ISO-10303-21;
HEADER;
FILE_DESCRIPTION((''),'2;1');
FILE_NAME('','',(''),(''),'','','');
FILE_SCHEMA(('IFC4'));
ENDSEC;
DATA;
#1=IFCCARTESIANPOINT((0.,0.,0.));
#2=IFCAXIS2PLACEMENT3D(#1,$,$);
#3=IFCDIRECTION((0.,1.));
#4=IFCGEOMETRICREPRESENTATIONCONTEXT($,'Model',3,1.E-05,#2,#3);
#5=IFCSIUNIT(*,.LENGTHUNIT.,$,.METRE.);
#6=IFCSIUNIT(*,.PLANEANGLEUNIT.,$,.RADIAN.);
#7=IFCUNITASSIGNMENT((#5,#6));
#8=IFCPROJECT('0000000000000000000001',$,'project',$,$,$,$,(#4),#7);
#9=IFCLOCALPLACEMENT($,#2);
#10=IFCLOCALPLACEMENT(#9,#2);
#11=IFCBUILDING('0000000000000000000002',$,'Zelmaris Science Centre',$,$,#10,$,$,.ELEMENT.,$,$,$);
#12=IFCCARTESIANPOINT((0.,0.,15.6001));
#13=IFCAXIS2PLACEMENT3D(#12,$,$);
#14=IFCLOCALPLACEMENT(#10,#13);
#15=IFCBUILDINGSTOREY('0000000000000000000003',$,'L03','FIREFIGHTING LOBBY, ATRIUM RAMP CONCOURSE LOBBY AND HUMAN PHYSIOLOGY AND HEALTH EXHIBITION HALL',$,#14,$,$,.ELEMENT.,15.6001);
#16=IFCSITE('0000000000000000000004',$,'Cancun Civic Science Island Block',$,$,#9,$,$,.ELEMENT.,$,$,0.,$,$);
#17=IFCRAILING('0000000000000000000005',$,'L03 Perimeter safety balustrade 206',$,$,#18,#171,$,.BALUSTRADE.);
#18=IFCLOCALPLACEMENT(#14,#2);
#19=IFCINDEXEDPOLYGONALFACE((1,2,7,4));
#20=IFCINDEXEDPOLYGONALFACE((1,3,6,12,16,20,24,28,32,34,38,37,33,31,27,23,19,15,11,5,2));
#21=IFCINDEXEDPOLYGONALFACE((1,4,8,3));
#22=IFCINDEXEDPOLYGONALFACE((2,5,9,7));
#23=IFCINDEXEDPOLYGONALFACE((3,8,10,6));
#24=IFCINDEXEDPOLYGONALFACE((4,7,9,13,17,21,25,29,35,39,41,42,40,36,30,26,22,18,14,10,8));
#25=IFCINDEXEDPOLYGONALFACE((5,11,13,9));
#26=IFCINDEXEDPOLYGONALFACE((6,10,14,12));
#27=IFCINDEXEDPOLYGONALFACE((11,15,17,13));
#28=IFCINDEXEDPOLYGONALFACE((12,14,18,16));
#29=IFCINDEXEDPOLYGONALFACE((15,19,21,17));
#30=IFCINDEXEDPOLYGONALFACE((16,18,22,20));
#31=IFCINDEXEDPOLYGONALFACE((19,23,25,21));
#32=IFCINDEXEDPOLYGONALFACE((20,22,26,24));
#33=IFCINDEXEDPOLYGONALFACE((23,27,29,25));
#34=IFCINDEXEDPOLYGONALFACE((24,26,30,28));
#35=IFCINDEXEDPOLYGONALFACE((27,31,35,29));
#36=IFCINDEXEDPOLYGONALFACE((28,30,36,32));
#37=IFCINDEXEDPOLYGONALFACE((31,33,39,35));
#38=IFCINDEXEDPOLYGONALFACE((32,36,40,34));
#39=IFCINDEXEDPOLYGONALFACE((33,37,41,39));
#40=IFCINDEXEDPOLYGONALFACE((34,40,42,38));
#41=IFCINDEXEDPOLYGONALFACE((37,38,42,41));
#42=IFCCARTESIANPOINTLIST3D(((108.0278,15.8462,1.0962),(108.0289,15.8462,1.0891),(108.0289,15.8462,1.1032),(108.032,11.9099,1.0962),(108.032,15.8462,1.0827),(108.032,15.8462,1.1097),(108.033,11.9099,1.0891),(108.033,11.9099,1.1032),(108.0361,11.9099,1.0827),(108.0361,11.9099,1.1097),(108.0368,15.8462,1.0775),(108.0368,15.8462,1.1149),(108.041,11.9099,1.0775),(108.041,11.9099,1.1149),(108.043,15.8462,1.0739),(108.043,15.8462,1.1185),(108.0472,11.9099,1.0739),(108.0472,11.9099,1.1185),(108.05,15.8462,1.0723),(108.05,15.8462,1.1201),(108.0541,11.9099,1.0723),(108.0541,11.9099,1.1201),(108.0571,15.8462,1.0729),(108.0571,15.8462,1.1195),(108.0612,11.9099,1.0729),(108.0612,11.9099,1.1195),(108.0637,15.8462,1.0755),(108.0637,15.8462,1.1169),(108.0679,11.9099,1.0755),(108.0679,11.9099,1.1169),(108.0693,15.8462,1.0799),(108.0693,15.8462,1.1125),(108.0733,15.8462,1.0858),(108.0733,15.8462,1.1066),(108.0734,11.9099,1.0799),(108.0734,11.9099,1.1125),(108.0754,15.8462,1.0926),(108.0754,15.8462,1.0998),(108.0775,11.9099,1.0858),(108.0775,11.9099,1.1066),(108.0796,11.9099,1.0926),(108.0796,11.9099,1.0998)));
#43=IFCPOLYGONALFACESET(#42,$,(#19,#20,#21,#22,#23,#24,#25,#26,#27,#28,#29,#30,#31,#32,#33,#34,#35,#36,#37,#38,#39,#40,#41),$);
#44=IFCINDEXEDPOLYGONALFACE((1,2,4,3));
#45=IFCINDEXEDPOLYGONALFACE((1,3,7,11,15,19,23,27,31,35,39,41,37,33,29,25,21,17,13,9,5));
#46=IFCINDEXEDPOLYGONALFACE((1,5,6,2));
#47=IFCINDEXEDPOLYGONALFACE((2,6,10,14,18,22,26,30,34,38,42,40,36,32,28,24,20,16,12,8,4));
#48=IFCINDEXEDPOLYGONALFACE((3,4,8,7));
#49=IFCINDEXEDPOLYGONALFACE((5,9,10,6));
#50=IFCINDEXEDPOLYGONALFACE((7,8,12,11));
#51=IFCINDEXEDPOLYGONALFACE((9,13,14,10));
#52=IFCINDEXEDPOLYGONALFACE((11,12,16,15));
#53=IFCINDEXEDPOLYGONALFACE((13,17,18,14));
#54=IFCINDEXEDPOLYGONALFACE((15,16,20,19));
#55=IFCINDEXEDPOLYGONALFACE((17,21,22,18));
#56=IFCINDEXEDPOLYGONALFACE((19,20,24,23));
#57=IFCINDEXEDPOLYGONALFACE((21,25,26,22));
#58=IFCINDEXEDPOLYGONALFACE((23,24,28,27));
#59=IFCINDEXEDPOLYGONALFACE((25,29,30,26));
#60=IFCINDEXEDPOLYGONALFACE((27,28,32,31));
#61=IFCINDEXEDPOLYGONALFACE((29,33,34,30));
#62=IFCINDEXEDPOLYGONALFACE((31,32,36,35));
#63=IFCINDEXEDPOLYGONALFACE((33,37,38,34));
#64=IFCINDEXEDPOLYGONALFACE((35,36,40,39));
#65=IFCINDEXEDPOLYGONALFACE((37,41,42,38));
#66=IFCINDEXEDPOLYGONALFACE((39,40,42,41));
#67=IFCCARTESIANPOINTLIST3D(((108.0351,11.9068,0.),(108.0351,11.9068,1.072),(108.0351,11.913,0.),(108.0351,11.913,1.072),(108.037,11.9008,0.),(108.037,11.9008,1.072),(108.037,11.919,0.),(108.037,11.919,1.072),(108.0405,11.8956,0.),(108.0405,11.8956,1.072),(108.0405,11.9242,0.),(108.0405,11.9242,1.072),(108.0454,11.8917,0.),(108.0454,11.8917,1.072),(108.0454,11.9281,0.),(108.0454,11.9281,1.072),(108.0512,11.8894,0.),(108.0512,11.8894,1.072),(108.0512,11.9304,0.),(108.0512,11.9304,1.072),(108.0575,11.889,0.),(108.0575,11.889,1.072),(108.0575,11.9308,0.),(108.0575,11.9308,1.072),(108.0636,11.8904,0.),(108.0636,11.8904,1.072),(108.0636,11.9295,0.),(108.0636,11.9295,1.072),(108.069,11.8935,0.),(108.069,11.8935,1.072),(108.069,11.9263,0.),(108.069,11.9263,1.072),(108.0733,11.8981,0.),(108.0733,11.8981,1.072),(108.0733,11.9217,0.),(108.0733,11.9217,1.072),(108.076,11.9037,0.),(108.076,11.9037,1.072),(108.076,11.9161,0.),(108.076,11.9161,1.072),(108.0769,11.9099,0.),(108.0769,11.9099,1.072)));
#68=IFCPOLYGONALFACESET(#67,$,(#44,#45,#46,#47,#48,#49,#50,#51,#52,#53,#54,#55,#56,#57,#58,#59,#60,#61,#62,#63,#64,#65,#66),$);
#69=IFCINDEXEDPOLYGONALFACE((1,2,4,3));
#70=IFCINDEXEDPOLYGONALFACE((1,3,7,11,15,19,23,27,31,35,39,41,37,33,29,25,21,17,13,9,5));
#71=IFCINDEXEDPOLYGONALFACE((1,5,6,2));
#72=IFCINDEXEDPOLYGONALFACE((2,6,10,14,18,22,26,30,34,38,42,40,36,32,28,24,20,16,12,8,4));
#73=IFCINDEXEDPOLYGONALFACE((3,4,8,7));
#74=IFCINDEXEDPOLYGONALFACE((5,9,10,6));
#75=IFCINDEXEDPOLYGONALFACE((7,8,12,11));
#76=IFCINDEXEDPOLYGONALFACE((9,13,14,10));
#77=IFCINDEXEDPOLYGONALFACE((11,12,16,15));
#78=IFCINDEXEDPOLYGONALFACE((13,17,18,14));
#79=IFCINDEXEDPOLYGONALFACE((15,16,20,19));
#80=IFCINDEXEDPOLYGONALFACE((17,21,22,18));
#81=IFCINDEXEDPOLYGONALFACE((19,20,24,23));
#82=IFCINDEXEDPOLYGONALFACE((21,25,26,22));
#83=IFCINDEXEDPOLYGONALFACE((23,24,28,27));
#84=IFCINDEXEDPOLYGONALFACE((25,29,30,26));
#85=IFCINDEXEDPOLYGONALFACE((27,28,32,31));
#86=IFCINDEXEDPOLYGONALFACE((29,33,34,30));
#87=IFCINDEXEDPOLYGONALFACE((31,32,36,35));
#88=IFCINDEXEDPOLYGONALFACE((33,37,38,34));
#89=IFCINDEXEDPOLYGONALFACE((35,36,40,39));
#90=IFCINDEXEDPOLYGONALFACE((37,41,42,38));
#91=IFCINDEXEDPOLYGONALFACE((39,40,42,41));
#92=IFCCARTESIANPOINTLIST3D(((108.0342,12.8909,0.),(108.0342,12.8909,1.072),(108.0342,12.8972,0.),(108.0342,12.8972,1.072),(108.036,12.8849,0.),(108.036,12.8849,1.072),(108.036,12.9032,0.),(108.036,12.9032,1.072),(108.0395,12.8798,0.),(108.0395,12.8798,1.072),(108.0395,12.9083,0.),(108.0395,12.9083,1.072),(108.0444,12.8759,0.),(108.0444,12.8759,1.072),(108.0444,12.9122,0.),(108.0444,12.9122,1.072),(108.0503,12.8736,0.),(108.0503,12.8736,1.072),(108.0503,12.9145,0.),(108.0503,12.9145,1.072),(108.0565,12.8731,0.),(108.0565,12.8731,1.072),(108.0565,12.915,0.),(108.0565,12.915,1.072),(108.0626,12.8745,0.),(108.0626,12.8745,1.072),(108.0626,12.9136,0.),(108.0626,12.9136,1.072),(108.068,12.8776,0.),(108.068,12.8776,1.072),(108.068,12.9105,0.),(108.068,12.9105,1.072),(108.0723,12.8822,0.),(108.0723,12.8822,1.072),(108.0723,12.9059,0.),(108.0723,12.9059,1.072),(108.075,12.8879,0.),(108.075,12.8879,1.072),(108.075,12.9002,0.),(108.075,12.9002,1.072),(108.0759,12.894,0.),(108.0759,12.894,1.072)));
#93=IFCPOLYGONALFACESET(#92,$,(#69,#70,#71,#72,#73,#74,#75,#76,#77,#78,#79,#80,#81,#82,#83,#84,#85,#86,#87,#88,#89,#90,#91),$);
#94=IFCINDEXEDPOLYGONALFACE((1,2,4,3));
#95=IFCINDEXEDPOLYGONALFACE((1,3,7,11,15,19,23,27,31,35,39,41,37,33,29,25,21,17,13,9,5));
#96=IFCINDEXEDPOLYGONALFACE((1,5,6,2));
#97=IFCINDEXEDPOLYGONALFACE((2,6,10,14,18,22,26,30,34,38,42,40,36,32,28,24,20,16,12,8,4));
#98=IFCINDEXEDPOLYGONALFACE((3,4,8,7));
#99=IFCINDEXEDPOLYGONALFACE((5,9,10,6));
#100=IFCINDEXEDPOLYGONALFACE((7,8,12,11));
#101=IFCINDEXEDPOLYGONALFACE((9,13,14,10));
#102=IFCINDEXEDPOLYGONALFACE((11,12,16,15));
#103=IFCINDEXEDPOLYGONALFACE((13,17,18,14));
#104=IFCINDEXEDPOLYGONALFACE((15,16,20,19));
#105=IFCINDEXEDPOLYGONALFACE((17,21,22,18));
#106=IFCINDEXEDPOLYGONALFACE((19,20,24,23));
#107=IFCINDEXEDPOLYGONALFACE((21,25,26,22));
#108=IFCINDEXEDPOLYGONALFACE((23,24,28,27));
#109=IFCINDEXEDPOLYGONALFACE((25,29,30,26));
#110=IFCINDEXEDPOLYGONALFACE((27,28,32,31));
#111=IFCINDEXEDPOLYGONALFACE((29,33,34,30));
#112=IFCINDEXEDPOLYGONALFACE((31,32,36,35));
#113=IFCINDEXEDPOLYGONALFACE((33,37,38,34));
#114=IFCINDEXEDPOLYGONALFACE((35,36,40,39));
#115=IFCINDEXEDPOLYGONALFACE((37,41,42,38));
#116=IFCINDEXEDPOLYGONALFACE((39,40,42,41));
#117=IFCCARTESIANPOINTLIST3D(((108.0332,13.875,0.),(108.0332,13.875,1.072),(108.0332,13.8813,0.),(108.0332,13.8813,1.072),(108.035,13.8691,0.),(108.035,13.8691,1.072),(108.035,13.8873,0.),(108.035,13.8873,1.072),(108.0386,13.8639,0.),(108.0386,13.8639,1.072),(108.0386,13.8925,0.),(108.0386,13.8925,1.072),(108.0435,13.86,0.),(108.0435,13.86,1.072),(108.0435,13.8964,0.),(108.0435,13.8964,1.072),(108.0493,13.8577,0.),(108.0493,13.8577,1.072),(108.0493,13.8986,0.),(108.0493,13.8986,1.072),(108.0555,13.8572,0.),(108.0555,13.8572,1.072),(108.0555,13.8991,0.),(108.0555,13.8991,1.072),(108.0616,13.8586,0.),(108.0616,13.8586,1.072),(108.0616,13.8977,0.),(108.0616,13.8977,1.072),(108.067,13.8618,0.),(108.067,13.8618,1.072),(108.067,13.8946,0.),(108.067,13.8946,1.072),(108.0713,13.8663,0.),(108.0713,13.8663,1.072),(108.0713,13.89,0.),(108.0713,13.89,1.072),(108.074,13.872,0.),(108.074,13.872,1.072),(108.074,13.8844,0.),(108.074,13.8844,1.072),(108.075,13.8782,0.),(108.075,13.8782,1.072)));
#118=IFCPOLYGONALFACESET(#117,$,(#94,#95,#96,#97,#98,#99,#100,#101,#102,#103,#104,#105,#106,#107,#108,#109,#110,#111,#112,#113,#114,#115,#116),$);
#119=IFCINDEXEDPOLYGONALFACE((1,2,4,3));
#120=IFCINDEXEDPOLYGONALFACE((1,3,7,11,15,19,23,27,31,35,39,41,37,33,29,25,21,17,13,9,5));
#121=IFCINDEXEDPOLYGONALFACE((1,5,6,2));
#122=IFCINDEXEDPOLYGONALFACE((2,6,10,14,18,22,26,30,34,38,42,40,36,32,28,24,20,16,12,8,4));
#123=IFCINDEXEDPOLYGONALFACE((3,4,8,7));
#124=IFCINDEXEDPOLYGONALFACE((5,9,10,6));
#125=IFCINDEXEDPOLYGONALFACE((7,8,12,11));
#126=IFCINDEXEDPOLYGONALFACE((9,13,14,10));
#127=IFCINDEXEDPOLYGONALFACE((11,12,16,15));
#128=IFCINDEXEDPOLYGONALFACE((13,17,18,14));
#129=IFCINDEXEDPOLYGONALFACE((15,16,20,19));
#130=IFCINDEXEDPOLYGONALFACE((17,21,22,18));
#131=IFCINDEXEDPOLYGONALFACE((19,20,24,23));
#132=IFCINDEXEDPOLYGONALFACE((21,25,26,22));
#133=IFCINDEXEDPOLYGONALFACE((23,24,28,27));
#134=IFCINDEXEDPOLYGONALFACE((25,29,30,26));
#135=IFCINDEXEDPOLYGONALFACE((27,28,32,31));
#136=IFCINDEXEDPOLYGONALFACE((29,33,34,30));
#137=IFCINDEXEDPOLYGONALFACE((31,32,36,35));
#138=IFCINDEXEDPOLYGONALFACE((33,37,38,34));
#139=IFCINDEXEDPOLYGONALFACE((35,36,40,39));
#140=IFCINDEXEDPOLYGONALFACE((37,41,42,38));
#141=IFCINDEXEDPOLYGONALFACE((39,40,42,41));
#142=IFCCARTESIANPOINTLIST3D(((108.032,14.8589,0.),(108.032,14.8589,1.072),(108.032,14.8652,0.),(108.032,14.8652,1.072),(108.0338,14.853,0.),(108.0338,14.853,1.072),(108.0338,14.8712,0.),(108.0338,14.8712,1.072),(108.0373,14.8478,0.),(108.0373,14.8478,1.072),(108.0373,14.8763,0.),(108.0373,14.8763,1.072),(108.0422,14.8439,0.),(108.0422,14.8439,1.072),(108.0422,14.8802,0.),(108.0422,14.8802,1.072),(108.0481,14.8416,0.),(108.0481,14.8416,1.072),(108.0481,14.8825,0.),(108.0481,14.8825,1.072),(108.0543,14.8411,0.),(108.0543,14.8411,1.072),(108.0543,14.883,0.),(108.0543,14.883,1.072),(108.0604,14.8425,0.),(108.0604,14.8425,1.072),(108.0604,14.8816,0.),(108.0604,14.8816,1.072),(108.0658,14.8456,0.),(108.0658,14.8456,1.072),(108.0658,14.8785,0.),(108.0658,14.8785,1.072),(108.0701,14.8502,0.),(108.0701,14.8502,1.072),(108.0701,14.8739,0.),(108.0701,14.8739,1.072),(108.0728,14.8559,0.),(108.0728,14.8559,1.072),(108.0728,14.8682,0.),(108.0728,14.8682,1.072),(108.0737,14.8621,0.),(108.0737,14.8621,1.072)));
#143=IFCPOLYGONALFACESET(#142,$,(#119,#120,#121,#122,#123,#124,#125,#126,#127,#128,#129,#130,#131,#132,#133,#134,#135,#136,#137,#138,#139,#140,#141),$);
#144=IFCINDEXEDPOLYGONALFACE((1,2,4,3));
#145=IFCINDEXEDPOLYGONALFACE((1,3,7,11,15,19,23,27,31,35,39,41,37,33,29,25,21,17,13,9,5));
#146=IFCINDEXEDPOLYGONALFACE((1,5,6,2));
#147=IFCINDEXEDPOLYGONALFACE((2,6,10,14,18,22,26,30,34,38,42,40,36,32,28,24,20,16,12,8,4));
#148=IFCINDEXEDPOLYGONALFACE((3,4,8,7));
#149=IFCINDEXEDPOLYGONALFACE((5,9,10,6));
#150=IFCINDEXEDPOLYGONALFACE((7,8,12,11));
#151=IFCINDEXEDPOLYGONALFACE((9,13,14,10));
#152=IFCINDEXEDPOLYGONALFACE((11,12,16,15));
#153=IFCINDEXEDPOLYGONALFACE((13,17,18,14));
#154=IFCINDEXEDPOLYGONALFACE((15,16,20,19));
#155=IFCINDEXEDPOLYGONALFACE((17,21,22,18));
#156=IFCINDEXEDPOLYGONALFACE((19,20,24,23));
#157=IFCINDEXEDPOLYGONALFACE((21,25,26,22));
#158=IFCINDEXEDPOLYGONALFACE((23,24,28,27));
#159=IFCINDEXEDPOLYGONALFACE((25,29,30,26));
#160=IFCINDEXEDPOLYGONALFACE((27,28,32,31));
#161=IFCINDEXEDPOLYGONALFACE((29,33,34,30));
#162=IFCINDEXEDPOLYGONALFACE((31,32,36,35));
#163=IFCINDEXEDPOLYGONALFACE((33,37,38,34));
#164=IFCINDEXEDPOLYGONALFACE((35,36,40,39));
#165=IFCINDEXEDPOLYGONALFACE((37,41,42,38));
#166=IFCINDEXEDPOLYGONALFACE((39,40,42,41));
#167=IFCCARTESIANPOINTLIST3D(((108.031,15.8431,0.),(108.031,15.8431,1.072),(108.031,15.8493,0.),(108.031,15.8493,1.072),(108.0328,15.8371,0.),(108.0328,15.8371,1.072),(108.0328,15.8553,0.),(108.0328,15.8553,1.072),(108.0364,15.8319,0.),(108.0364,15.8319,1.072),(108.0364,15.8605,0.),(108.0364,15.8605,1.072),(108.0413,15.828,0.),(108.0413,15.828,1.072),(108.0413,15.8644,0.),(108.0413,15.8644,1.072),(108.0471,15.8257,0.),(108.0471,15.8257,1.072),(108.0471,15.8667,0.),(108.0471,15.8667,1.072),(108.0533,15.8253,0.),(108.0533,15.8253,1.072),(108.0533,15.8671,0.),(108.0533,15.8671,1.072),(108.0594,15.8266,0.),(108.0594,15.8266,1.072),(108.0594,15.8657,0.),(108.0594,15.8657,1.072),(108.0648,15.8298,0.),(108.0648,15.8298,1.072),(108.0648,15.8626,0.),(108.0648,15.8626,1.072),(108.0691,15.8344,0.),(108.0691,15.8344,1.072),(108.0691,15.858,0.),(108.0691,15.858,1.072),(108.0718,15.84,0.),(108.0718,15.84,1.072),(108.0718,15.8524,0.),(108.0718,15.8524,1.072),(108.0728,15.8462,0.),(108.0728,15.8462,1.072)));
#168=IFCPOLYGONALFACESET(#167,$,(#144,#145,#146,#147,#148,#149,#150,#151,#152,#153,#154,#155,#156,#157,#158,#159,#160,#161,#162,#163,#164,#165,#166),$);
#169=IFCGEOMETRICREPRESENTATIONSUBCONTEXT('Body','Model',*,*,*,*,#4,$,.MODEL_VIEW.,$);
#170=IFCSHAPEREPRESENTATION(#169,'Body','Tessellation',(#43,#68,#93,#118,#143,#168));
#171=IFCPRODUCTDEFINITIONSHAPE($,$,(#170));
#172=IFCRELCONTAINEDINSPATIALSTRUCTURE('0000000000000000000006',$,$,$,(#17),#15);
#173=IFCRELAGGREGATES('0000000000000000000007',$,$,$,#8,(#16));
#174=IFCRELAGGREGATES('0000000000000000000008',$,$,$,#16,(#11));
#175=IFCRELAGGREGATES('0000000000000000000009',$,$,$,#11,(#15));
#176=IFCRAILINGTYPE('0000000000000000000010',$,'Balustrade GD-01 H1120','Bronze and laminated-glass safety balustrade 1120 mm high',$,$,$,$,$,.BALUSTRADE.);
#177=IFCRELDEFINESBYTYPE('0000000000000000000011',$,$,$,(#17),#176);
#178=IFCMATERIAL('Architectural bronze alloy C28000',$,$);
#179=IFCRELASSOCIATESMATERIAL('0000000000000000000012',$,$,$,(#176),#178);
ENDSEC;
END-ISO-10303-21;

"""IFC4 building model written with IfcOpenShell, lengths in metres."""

from ifc_helpers import new_model, si_unit, direction, frame, origin, origin_2d, place, context, subcontext, project, spatial, circle, extrude, material, type_object, element, save


model = new_model("IFC4")

# Units and contexts
model_context = context("Model", 3, precision=1e-05, world=origin(), true_north=direction((0.0, 1.0)))
body_context = subcontext(model_context, "Body", "Model", "MODEL_VIEW")
ifc_project = project(units=[si_unit("LENGTHUNIT", "METRE"), si_unit("PLANEANGLEUNIT", "RADIAN")], contexts=[model_context])

# Site, building, storey
site_placement = place(None, origin())
site = spatial("IfcSite", under=ifc_project, at=site_placement, Name="Cancun Civic Science Island Block", CompositionType="ELEMENT", RefElevation=0.0)
building_placement = place(site_placement, origin())
building = spatial("IfcBuilding", under=site, at=building_placement, Name="Zelmaris Science Centre", CompositionType="ELEMENT")
storey_placement = place(building_placement, frame((0.0, 0.0, 15.6001)))
storey = spatial("IfcBuildingStorey", under=building, at=storey_placement, Name="L03", Description="FIREFIGHTING LOBBY, ATRIUM RAMP CONCOURSE LOBBY AND HUMAN PHYSIOLOGY AND HEALTH EXHIBITION HALL", CompositionType="ELEMENT", Elevation=15.6001)

# Railing
ifc_material_1 = material(Name="Architectural bronze alloy C28000")
railing_type = type_object("IfcRailingType", Name="Balustrade GD-01 H1120", Description="Bronze and laminated-glass safety balustrade 1120 mm high", PredefinedType="BALUSTRADE", material=ifc_material_1)
railing_1_placement = place(storey_placement, frame((108.0559, 11.9099, 0.0)))
element("IfcRailing", 1, at=railing_1_placement, inside=storey, type_object=railing_type, Name="L03 Perimeter safety balustrade 206", PredefinedType="BALUSTRADE", context=body_context, shape_type="SweptSolid", body=[
    extrude(circle(Radius=0.0239, at=origin_2d()), frame((0.0, 0.0, 1.0962), z_axis=(-0.001054, 0.999999, 0.0), x_axis=(-0.999999, -0.001054, 0.0)), (0.0, 0.0, 1.0), 3.9363),
    extrude(circle(Radius=0.021, at=origin_2d()), origin(), (0.0, 0.0, 1.0), 1.072),
    extrude(circle(Radius=0.021, at=origin_2d()), frame((-0.001, 0.9841, 0.0)), (0.0, 0.0, 1.0), 1.072),
    extrude(circle(Radius=0.021, at=origin_2d()), frame((-0.002, 1.9683, 0.0)), (0.0, 0.0, 1.0), 1.072),
    extrude(circle(Radius=0.021, at=origin_2d()), frame((-0.0032, 2.9521, 0.0)), (0.0, 0.0, 1.0), 1.072),
    extrude(circle(Radius=0.021, at=origin_2d()), frame((-0.0042, 3.9363, 0.0)), (0.0, 0.0, 1.0), 1.072),
])

save(model, "model.ifc")
